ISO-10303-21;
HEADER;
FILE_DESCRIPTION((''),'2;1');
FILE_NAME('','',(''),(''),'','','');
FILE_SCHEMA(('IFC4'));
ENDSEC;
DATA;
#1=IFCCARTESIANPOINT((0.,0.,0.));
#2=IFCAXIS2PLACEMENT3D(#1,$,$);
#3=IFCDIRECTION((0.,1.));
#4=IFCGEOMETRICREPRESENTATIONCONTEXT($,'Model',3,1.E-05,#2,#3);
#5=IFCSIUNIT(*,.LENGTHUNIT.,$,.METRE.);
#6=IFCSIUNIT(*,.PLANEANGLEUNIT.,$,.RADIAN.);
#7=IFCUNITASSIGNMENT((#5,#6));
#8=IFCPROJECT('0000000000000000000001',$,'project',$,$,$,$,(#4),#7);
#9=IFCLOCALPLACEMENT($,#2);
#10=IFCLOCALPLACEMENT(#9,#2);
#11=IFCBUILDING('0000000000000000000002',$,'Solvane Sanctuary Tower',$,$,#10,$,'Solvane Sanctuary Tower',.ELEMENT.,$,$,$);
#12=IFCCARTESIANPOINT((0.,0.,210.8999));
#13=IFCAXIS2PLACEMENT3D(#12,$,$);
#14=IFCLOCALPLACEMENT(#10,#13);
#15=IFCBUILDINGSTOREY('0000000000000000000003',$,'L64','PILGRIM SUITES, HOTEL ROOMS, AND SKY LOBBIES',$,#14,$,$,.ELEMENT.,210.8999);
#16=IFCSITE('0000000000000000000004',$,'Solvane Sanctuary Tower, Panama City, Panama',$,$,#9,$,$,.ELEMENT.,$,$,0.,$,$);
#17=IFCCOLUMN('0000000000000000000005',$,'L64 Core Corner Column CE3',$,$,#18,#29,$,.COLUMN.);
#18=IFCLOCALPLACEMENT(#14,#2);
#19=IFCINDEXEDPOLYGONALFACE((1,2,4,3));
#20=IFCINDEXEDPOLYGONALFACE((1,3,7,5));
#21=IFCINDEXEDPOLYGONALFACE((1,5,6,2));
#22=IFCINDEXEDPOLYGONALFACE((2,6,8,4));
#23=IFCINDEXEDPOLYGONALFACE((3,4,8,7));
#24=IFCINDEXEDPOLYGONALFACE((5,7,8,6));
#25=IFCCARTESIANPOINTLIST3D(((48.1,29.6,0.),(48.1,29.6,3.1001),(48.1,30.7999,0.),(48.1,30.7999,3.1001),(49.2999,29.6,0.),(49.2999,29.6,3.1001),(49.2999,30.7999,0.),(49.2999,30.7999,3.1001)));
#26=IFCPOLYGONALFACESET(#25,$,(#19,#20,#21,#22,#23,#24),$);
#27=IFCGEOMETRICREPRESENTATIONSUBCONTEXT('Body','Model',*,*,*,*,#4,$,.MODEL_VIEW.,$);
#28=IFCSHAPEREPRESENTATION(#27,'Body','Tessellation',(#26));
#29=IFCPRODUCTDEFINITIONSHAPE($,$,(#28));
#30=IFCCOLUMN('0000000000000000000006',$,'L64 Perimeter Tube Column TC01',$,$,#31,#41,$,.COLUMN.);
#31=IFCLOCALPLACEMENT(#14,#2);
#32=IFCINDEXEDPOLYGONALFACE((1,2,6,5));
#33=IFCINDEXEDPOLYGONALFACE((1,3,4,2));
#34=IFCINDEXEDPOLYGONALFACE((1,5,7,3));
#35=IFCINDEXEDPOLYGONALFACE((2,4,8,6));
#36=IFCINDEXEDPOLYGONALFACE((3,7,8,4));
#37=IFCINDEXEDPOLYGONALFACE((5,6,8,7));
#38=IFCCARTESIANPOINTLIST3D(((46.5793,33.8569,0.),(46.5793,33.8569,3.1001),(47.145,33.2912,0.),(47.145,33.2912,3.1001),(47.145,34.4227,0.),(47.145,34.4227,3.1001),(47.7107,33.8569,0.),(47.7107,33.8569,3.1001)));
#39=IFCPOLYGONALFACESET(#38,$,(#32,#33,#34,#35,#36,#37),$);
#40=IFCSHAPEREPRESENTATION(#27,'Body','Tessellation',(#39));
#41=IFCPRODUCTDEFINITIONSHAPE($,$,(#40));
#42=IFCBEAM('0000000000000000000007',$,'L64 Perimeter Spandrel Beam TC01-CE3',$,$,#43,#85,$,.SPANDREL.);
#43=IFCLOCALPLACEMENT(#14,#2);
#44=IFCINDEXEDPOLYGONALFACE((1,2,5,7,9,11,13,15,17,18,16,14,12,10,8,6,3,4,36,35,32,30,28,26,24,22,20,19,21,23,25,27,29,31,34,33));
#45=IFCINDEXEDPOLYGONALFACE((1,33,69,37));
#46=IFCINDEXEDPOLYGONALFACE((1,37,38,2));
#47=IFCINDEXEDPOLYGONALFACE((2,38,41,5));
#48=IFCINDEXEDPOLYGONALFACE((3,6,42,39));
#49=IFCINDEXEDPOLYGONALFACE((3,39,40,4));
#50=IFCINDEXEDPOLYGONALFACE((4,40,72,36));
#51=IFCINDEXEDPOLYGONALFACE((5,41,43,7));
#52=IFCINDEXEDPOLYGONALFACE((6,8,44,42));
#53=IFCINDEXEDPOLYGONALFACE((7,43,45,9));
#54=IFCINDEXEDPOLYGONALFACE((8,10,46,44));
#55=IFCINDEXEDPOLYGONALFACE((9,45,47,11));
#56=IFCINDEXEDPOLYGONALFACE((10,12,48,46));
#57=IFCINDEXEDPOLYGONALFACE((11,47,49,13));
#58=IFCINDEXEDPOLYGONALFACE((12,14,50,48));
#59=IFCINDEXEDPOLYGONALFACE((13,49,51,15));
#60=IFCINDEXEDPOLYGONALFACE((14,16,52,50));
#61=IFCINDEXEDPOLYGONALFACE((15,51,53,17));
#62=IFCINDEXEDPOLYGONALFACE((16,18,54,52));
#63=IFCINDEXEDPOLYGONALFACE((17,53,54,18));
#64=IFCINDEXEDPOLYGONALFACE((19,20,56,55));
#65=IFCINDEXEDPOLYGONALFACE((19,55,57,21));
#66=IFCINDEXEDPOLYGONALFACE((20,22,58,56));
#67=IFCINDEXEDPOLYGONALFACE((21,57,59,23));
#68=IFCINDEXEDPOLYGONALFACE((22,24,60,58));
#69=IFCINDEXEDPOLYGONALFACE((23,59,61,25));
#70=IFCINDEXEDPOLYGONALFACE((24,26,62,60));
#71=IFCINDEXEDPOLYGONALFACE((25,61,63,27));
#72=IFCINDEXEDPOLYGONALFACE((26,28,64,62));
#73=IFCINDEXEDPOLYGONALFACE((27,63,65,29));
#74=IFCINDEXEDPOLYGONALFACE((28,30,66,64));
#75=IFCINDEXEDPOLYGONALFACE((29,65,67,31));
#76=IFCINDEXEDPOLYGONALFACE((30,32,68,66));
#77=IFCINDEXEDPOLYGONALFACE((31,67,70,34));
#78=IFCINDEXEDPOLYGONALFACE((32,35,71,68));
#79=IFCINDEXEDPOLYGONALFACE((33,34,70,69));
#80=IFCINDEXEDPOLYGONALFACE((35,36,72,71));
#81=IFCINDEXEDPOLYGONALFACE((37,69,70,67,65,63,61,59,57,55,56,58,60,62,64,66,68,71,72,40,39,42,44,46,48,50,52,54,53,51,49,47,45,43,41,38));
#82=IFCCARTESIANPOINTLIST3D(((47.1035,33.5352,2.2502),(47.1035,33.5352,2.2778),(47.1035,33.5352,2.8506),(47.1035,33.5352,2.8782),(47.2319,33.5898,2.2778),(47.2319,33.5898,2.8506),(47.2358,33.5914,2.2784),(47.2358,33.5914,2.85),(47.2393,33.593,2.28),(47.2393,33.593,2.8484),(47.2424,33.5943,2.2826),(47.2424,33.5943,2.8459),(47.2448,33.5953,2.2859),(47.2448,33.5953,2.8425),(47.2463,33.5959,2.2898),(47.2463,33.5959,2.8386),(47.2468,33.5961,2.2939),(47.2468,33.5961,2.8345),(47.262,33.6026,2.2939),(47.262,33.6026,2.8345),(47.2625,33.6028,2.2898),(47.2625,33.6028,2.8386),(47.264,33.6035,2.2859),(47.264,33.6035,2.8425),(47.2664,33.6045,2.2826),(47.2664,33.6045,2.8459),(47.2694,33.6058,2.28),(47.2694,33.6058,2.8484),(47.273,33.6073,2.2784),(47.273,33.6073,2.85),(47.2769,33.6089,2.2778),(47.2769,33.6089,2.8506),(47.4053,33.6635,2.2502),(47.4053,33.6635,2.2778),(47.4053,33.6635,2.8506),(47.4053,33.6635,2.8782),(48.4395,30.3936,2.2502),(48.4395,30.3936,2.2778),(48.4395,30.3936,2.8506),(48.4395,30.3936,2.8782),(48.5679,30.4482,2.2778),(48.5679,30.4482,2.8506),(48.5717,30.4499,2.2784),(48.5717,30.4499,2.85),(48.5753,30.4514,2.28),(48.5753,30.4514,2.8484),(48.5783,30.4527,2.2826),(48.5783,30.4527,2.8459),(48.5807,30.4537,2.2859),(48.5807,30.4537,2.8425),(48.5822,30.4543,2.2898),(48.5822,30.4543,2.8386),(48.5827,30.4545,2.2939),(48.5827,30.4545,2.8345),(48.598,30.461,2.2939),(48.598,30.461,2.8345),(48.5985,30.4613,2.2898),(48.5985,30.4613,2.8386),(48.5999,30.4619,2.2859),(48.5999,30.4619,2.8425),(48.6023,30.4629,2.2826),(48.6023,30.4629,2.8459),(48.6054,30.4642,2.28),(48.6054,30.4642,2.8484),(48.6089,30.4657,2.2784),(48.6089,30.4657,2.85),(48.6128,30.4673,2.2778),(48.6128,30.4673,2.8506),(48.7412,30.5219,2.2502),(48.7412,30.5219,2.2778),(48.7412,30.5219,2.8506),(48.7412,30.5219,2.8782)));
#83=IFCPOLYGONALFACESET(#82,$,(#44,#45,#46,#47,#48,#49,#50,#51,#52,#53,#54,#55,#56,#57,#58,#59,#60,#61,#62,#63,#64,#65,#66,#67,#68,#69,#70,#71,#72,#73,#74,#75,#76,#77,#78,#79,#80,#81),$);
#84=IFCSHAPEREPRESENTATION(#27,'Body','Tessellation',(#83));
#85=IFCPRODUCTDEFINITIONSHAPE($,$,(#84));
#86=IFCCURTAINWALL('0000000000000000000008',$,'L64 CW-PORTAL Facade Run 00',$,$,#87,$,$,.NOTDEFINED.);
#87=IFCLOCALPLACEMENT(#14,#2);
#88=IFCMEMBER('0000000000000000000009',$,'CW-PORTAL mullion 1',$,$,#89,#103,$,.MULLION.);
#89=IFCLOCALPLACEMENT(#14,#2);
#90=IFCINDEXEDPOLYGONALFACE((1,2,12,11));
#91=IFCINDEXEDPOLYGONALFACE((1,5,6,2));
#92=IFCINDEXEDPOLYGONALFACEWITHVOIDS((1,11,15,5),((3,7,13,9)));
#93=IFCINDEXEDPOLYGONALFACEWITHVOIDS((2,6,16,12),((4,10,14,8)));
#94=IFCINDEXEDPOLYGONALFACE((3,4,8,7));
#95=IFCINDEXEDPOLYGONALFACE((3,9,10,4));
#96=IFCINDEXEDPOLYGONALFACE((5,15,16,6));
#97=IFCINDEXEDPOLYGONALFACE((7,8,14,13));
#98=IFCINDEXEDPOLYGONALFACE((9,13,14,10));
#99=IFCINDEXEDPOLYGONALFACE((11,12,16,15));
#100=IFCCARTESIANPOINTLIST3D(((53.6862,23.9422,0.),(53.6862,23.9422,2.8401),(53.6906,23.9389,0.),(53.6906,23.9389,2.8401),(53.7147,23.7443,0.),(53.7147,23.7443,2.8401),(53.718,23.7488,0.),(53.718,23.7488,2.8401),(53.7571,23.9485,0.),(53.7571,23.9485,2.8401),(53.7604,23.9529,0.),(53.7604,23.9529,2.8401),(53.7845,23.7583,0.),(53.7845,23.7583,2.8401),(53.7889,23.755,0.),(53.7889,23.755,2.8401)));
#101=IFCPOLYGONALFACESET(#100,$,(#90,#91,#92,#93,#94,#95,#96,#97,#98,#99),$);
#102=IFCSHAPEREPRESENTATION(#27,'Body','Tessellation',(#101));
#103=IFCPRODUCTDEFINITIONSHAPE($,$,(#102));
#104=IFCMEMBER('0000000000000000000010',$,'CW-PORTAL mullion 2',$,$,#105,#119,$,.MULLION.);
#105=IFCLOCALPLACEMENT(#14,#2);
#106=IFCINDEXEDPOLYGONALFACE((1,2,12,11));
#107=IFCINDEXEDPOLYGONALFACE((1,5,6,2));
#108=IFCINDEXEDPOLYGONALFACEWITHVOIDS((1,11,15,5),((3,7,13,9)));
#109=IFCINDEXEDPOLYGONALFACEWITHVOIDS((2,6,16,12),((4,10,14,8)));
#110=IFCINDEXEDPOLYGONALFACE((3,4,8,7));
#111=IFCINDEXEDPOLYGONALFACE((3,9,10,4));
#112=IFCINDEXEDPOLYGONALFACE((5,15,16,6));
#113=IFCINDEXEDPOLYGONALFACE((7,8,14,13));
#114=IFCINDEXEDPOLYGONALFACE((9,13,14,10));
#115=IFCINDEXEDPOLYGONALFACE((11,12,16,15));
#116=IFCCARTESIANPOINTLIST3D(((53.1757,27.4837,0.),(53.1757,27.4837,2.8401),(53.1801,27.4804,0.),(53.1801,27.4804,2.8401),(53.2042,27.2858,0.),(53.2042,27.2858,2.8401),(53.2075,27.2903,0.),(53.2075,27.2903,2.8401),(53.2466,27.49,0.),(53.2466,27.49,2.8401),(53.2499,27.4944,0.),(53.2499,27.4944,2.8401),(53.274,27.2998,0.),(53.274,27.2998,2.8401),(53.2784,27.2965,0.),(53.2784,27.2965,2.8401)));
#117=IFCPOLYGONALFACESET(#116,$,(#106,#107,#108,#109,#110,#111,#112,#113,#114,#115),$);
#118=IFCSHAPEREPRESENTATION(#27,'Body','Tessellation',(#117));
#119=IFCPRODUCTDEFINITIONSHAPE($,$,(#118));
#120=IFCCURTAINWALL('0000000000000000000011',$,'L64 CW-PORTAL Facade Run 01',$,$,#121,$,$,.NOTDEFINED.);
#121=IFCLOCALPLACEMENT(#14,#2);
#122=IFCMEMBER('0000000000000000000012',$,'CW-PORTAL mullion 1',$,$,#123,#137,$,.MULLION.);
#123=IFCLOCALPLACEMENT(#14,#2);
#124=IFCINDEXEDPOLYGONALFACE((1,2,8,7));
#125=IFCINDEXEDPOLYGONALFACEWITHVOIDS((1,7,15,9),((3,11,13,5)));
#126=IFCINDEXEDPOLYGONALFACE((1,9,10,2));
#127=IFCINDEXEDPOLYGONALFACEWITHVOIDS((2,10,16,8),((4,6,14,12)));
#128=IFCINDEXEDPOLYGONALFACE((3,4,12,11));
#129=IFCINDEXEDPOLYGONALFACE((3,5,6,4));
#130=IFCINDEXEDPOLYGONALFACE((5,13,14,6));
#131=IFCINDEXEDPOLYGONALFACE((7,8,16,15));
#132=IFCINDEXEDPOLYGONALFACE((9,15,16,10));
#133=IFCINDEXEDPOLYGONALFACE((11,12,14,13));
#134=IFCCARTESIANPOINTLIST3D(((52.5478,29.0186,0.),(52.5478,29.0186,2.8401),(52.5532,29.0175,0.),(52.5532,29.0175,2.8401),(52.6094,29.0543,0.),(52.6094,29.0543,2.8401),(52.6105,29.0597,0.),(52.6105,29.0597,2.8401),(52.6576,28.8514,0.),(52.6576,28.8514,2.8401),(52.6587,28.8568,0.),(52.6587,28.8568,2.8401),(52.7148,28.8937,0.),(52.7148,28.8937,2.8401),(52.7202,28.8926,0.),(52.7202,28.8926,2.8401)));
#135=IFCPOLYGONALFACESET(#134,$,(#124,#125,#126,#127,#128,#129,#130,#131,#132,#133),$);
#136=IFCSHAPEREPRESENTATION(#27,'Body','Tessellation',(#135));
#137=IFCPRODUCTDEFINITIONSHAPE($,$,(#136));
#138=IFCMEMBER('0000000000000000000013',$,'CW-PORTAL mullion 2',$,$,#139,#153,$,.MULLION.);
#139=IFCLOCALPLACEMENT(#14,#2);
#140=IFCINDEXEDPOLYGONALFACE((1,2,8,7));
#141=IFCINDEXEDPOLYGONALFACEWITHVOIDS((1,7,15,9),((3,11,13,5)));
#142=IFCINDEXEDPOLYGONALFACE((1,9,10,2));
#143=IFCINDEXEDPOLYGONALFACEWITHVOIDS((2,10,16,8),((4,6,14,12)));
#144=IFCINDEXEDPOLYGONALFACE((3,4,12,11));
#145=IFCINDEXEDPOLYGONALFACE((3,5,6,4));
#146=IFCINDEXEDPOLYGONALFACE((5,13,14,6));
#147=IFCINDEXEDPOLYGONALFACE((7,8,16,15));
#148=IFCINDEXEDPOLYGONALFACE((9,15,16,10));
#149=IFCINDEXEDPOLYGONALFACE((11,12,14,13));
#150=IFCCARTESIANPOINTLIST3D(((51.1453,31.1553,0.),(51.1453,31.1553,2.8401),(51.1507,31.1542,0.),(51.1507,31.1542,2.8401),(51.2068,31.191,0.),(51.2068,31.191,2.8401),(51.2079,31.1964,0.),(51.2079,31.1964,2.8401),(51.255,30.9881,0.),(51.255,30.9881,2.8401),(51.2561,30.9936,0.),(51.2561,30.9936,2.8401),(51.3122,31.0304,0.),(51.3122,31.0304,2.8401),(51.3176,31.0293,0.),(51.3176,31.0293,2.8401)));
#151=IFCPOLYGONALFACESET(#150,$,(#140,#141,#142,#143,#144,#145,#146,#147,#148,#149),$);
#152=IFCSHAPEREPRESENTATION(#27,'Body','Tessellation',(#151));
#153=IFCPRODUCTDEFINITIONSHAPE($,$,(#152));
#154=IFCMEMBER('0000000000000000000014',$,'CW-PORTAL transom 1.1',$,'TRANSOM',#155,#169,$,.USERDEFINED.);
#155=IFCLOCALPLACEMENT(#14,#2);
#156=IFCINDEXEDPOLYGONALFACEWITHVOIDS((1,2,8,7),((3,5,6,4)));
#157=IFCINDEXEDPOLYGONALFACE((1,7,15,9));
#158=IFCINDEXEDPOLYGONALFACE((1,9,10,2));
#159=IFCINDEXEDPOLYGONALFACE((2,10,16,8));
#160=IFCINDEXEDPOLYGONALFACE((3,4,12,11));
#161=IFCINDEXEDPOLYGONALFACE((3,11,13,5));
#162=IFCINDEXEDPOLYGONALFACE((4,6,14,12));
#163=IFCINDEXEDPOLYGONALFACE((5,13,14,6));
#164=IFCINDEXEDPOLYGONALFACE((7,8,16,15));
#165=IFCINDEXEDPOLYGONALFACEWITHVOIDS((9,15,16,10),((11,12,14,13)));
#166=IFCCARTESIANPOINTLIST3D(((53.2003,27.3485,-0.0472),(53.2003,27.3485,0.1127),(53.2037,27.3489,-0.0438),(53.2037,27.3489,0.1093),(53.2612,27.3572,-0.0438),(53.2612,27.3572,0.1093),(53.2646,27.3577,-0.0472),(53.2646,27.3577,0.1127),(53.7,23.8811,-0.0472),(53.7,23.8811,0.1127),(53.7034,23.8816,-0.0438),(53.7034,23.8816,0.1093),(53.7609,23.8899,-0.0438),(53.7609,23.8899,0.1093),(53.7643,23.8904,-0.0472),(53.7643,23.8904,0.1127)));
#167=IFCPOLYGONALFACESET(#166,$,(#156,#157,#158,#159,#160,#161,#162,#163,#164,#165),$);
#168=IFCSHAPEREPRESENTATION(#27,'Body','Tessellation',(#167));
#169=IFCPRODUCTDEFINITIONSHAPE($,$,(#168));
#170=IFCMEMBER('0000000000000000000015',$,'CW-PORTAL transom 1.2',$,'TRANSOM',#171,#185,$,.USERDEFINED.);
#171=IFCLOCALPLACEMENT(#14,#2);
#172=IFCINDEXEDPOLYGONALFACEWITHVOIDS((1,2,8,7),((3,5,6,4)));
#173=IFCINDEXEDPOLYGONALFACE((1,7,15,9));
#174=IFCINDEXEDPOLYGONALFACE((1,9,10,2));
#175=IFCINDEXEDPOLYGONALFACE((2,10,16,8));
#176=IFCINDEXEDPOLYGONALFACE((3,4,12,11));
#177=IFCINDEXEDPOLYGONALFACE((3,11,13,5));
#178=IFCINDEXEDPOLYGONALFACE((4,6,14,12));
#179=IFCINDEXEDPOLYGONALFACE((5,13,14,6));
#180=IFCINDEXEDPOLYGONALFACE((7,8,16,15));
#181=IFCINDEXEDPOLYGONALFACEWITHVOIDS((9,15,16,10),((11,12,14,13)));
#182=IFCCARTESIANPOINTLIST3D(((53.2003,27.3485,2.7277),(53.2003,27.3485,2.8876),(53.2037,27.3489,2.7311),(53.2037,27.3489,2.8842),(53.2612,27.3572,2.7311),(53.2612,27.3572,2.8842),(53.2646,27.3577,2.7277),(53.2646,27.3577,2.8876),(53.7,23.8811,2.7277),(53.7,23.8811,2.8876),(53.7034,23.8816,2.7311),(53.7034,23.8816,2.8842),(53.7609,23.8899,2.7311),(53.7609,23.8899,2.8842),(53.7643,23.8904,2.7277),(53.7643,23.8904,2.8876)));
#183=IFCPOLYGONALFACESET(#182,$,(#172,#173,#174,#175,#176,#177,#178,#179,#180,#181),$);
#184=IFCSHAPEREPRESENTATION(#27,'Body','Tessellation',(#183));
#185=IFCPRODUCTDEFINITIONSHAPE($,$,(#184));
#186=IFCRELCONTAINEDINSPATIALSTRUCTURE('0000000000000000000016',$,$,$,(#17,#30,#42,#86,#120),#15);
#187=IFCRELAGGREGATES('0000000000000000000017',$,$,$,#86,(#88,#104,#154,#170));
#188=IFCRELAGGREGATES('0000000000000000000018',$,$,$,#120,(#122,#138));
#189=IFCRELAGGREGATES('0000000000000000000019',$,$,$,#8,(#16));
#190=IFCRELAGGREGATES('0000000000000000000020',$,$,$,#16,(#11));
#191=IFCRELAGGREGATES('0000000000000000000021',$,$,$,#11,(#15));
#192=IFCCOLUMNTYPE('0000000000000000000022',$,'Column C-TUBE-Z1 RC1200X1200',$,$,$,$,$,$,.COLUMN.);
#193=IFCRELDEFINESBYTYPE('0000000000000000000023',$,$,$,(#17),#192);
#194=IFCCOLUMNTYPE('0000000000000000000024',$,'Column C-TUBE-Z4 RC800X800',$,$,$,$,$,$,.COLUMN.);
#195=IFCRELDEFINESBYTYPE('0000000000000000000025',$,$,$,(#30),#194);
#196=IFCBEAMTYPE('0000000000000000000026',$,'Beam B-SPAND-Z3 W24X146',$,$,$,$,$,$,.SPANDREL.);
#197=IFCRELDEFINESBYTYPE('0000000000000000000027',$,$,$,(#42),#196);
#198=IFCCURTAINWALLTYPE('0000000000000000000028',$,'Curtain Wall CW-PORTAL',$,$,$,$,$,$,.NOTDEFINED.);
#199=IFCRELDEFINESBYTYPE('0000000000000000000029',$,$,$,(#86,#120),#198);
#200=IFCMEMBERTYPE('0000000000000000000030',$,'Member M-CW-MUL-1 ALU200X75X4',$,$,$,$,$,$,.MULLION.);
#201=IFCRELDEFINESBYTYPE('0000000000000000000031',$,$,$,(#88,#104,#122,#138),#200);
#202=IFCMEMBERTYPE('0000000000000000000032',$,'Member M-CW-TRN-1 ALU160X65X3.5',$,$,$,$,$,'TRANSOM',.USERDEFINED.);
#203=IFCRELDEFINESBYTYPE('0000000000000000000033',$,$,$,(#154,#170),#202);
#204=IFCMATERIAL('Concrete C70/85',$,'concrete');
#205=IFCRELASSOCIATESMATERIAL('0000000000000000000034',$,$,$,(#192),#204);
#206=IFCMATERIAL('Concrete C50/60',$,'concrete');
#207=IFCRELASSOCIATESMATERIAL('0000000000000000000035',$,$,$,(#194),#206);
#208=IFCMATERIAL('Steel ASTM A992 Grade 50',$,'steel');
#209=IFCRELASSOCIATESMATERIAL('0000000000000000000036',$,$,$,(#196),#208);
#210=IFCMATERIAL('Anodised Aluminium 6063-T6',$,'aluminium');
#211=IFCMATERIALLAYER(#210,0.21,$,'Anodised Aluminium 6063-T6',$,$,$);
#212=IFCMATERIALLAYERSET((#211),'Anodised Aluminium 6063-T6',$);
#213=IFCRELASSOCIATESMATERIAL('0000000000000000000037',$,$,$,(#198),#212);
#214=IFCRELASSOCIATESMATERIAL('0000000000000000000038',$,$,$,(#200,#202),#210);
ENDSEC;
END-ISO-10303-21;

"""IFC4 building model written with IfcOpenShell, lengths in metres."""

from ifc_helpers import new_model, si_unit, direction, frame, origin, origin_2d, place, context, subcontext, project, spatial, rectangle, hollow_rectangle, i_section, extrude, material, layer, layer_set, material_profile, profile_set, type_object, element, aggregate, save


model = new_model("IFC4")

# Units and contexts
model_context = context("Model", 3, precision=1e-05, world=origin(), true_north=direction((0.0, 1.0)))
body_context = subcontext(model_context, "Body", "Model", "MODEL_VIEW")
ifc_project = project(units=[si_unit("LENGTHUNIT", "METRE"), si_unit("PLANEANGLEUNIT", "RADIAN")], contexts=[model_context])

# Site, building, storey
site_placement = place(None, origin())
site = spatial("IfcSite", under=ifc_project, at=site_placement, Name="Solvane Sanctuary Tower, Panama City, Panama", CompositionType="ELEMENT", RefElevation=0.0)
building_placement = place(site_placement, origin())
building = spatial("IfcBuilding", under=site, at=building_placement, Name="Solvane Sanctuary Tower", LongName="Solvane Sanctuary Tower", CompositionType="ELEMENT")
storey_placement = place(building_placement, frame((0.0, 0.0, 210.8999)))
storey = spatial("IfcBuildingStorey", under=building, at=storey_placement, Name="L64", Description="PILGRIM SUITES, HOTEL ROOMS, AND SKY LOBBIES", CompositionType="ELEMENT", Elevation=210.8999)

# Columns
ifc_material_1 = material(Name="Concrete C70/85", Category="concrete")
ifc_material_profile_1 = material_profile(ifc_material_1, rectangle(XDim=1.2, YDim=1.2, at=origin_2d()), Name="RC1200X1200")
ifc_profile_set_1 = profile_set([ifc_material_profile_1], Name="Concrete C70/85")
column_type_1 = type_object("IfcColumnType", Name="Column C-TUBE-Z1 RC1200X1200", PredefinedType="COLUMN", material=ifc_profile_set_1)
column_1_placement = place(storey_placement, frame((48.7, 30.2, 0.0), z_axis=(0.0, 0.0, 1.0), x_axis=(1.0, 0.0, 0.0)))
element("IfcColumn", 1, at=column_1_placement, inside=storey, type_object=column_type_1, Name="L64 Core Corner Column CE3", PredefinedType="COLUMN", context=body_context, shape_type="SweptSolid", body=[
    extrude(rectangle(XDim=1.2, YDim=1.2, at=origin_2d()), origin(), (0.0, 0.0, 1.0), 3.1001),
])
ifc_material_2 = material(Name="Concrete C50/60", Category="concrete")
ifc_material_profile_2 = material_profile(ifc_material_2, rectangle(XDim=0.8, YDim=0.8, at=origin_2d()), Name="RC800X800")
ifc_profile_set_2 = profile_set([ifc_material_profile_2], Name="Concrete C50/60")
column_type_2 = type_object("IfcColumnType", Name="Column C-TUBE-Z4 RC800X800", PredefinedType="COLUMN", material=ifc_profile_set_2)
column_2_placement = place(storey_placement, frame((47.145, 33.8569, 0.0), z_axis=(0.0, 0.0, 1.0), x_axis=(0.707107, 0.707107, 0.0)))
element("IfcColumn", 2, at=column_2_placement, inside=storey, type_object=column_type_2, Name="L64 Perimeter Tube Column TC01", PredefinedType="COLUMN", context=body_context, shape_type="SweptSolid", body=[
    extrude(rectangle(XDim=0.8, YDim=0.8, at=origin_2d()), origin(), (0.0, 0.0, 1.0), 3.1001),
])

# Beam
ifc_material_3 = material(Name="Steel ASTM A992 Grade 50", Category="steel")
ifc_material_profile_3 = material_profile(ifc_material_3, i_section(OverallWidth=0.3279, OverallDepth=0.6279, WebThickness=0.0166, FlangeThickness=0.0276, FilletRadius=0.0161, at=origin_2d()), Name="W24X146")
ifc_profile_set_3 = profile_set([ifc_material_profile_3], Name="Steel ASTM A992 Grade 50")
beam_type = type_object("IfcBeamType", Name="Beam B-SPAND-Z3 W24X146", PredefinedType="SPANDREL", material=ifc_profile_set_3)
beam_placement = place(storey_placement, frame((47.2544, 33.5994, 2.5642), z_axis=(0.391328, -0.920251, 0.0), x_axis=(0.920251, 0.391328, 0.0)))
element("IfcBeam", 3, at=beam_placement, inside=storey, type_object=beam_type, Name="L64 Perimeter Spandrel Beam TC01-CE3", PredefinedType="SPANDREL", context=body_context, shape_type="SweptSolid", body=[
    extrude(i_section(OverallWidth=0.3279, OverallDepth=0.6279, WebThickness=0.0166, FlangeThickness=0.0276, FilletRadius=0.0161, at=origin_2d()), origin(), (0.0, 0.0, 1.0), 3.4138),
])

# Curtain walls, members
ifc_material_4 = material(Name="Anodised Aluminium 6063-T6", Category="aluminium")
ifc_layer_1 = layer(ifc_material_4, 0.21, Name="Anodised Aluminium 6063-T6")
ifc_layer_set_1 = layer_set([ifc_layer_1], Name="Anodised Aluminium 6063-T6")
curtain_wall_type = type_object("IfcCurtainWallType", Name="Curtain Wall CW-PORTAL", PredefinedType="NOTDEFINED", material=ifc_layer_set_1)
curtain_wall_1_placement = place(storey_placement, origin())
curtain_wall_1 = element("IfcCurtainWall", 4, at=curtain_wall_1_placement, inside=storey, type_object=curtain_wall_type, Name="L64 CW-PORTAL Facade Run 00", PredefinedType="NOTDEFINED")
ifc_material_profile_4 = material_profile(ifc_material_4, hollow_rectangle(XDim=0.075, YDim=0.2, WallThickness=0.0039, at=origin_2d()), Name="ALU200X75X4")
ifc_profile_set_4 = profile_set([ifc_material_profile_4], Name="Anodised Aluminium 6063-T6")
member_type_1 = type_object("IfcMemberType", Name="Member M-CW-MUL-1 ALU200X75X4", PredefinedType="MULLION", material=ifc_profile_set_4)
member_1_placement = place(storey_placement, frame((53.7375, 23.8486, 0.0), z_axis=(0.0, 0.0, 1.0), x_axis=(-0.989765, -0.142705, 0.0)))
member_1 = element("IfcMember", 5, at=member_1_placement, type_object=member_type_1, Name="CW-PORTAL mullion 1", PredefinedType="MULLION", context=body_context, shape_type="SweptSolid", body=[
    extrude(hollow_rectangle(XDim=0.075, YDim=0.2, WallThickness=0.0039, at=origin_2d()), origin(), (0.0, 0.0, 1.0), 2.8401),
])
member_2_placement = place(storey_placement, frame((53.2271, 27.3901, 0.0), z_axis=(0.0, 0.0, 1.0), x_axis=(-0.989765, -0.142705, 0.0)))
member_2 = element("IfcMember", 6, at=member_2_placement, type_object=member_type_1, Name="CW-PORTAL mullion 2", PredefinedType="MULLION", context=body_context, shape_type="SweptSolid", body=[
    extrude(hollow_rectangle(XDim=0.075, YDim=0.2, WallThickness=0.0039, at=origin_2d()), origin(), (0.0, 0.0, 1.0), 2.8401),
])
curtain_wall_2_placement = place(storey_placement, origin())
curtain_wall_2 = element("IfcCurtainWall", 7, at=curtain_wall_2_placement, inside=storey, type_object=curtain_wall_type, Name="L64 CW-PORTAL Facade Run 01", PredefinedType="NOTDEFINED")
member_3_placement = place(storey_placement, frame((52.634, 28.9556, 0.0), z_axis=(0.0, 0.0, 1.0), x_axis=(-0.835959, -0.548792, 0.0)))
member_3 = element("IfcMember", 8, at=member_3_placement, type_object=member_type_1, Name="CW-PORTAL mullion 1", PredefinedType="MULLION", context=body_context, shape_type="SweptSolid", body=[
    extrude(hollow_rectangle(XDim=0.075, YDim=0.2, WallThickness=0.0039, at=origin_2d()), origin(), (0.0, 0.0, 1.0), 2.8401),
])
member_4_placement = place(storey_placement, frame((51.2314, 31.0923, 0.0), z_axis=(0.0, 0.0, 1.0), x_axis=(-0.835959, -0.548792, 0.0)))
member_4 = element("IfcMember", 9, at=member_4_placement, type_object=member_type_1, Name="CW-PORTAL mullion 2", PredefinedType="MULLION", context=body_context, shape_type="SweptSolid", body=[
    extrude(hollow_rectangle(XDim=0.075, YDim=0.2, WallThickness=0.0039, at=origin_2d()), origin(), (0.0, 0.0, 1.0), 2.8401),
])

# Members
ifc_material_profile_5 = material_profile(ifc_material_4, hollow_rectangle(XDim=0.0649, YDim=0.1599, WallThickness=0.0034, at=origin_2d()), Name="ALU160X65X3.5")
ifc_profile_set_5 = profile_set([ifc_material_profile_5], Name="Anodised Aluminium 6063-T6")
member_type_2 = type_object("IfcMemberType", Name="Member M-CW-TRN-1 ALU160X65X3.5", ElementType="TRANSOM", PredefinedType="USERDEFINED", material=ifc_profile_set_5)
member_5_placement = place(storey_placement, frame((53.7322, 23.8857, 0.0327), z_axis=(-0.14266, 0.989772, 0.0), x_axis=(-0.989772, -0.14266, 0.0)))
member_5 = element("IfcMember", 10, at=member_5_placement, type_object=member_type_2, Name="CW-PORTAL transom 1.1", ObjectType="TRANSOM", PredefinedType="USERDEFINED", context=body_context, shape_type="SweptSolid", body=[
    extrude(hollow_rectangle(XDim=0.0649, YDim=0.1599, WallThickness=0.0034, at=origin_2d()), origin(), (0.0, 0.0, 1.0), 3.5032),
])
member_6_placement = place(storey_placement, frame((53.7322, 23.8857, 2.8076), z_axis=(-0.14266, 0.989772, 0.0), x_axis=(-0.989772, -0.14266, 0.0)))
member_6 = element("IfcMember", 11, at=member_6_placement, type_object=member_type_2, Name="CW-PORTAL transom 1.2", ObjectType="TRANSOM", PredefinedType="USERDEFINED", context=body_context, shape_type="SweptSolid", body=[
    extrude(hollow_rectangle(XDim=0.0649, YDim=0.1599, WallThickness=0.0034, at=origin_2d()), origin(), (0.0, 0.0, 1.0), 3.5032),
])

aggregate(curtain_wall_1, [member_1, member_2, member_5, member_6])
aggregate(curtain_wall_2, [member_3, member_4])

save(model, "model.ifc")
